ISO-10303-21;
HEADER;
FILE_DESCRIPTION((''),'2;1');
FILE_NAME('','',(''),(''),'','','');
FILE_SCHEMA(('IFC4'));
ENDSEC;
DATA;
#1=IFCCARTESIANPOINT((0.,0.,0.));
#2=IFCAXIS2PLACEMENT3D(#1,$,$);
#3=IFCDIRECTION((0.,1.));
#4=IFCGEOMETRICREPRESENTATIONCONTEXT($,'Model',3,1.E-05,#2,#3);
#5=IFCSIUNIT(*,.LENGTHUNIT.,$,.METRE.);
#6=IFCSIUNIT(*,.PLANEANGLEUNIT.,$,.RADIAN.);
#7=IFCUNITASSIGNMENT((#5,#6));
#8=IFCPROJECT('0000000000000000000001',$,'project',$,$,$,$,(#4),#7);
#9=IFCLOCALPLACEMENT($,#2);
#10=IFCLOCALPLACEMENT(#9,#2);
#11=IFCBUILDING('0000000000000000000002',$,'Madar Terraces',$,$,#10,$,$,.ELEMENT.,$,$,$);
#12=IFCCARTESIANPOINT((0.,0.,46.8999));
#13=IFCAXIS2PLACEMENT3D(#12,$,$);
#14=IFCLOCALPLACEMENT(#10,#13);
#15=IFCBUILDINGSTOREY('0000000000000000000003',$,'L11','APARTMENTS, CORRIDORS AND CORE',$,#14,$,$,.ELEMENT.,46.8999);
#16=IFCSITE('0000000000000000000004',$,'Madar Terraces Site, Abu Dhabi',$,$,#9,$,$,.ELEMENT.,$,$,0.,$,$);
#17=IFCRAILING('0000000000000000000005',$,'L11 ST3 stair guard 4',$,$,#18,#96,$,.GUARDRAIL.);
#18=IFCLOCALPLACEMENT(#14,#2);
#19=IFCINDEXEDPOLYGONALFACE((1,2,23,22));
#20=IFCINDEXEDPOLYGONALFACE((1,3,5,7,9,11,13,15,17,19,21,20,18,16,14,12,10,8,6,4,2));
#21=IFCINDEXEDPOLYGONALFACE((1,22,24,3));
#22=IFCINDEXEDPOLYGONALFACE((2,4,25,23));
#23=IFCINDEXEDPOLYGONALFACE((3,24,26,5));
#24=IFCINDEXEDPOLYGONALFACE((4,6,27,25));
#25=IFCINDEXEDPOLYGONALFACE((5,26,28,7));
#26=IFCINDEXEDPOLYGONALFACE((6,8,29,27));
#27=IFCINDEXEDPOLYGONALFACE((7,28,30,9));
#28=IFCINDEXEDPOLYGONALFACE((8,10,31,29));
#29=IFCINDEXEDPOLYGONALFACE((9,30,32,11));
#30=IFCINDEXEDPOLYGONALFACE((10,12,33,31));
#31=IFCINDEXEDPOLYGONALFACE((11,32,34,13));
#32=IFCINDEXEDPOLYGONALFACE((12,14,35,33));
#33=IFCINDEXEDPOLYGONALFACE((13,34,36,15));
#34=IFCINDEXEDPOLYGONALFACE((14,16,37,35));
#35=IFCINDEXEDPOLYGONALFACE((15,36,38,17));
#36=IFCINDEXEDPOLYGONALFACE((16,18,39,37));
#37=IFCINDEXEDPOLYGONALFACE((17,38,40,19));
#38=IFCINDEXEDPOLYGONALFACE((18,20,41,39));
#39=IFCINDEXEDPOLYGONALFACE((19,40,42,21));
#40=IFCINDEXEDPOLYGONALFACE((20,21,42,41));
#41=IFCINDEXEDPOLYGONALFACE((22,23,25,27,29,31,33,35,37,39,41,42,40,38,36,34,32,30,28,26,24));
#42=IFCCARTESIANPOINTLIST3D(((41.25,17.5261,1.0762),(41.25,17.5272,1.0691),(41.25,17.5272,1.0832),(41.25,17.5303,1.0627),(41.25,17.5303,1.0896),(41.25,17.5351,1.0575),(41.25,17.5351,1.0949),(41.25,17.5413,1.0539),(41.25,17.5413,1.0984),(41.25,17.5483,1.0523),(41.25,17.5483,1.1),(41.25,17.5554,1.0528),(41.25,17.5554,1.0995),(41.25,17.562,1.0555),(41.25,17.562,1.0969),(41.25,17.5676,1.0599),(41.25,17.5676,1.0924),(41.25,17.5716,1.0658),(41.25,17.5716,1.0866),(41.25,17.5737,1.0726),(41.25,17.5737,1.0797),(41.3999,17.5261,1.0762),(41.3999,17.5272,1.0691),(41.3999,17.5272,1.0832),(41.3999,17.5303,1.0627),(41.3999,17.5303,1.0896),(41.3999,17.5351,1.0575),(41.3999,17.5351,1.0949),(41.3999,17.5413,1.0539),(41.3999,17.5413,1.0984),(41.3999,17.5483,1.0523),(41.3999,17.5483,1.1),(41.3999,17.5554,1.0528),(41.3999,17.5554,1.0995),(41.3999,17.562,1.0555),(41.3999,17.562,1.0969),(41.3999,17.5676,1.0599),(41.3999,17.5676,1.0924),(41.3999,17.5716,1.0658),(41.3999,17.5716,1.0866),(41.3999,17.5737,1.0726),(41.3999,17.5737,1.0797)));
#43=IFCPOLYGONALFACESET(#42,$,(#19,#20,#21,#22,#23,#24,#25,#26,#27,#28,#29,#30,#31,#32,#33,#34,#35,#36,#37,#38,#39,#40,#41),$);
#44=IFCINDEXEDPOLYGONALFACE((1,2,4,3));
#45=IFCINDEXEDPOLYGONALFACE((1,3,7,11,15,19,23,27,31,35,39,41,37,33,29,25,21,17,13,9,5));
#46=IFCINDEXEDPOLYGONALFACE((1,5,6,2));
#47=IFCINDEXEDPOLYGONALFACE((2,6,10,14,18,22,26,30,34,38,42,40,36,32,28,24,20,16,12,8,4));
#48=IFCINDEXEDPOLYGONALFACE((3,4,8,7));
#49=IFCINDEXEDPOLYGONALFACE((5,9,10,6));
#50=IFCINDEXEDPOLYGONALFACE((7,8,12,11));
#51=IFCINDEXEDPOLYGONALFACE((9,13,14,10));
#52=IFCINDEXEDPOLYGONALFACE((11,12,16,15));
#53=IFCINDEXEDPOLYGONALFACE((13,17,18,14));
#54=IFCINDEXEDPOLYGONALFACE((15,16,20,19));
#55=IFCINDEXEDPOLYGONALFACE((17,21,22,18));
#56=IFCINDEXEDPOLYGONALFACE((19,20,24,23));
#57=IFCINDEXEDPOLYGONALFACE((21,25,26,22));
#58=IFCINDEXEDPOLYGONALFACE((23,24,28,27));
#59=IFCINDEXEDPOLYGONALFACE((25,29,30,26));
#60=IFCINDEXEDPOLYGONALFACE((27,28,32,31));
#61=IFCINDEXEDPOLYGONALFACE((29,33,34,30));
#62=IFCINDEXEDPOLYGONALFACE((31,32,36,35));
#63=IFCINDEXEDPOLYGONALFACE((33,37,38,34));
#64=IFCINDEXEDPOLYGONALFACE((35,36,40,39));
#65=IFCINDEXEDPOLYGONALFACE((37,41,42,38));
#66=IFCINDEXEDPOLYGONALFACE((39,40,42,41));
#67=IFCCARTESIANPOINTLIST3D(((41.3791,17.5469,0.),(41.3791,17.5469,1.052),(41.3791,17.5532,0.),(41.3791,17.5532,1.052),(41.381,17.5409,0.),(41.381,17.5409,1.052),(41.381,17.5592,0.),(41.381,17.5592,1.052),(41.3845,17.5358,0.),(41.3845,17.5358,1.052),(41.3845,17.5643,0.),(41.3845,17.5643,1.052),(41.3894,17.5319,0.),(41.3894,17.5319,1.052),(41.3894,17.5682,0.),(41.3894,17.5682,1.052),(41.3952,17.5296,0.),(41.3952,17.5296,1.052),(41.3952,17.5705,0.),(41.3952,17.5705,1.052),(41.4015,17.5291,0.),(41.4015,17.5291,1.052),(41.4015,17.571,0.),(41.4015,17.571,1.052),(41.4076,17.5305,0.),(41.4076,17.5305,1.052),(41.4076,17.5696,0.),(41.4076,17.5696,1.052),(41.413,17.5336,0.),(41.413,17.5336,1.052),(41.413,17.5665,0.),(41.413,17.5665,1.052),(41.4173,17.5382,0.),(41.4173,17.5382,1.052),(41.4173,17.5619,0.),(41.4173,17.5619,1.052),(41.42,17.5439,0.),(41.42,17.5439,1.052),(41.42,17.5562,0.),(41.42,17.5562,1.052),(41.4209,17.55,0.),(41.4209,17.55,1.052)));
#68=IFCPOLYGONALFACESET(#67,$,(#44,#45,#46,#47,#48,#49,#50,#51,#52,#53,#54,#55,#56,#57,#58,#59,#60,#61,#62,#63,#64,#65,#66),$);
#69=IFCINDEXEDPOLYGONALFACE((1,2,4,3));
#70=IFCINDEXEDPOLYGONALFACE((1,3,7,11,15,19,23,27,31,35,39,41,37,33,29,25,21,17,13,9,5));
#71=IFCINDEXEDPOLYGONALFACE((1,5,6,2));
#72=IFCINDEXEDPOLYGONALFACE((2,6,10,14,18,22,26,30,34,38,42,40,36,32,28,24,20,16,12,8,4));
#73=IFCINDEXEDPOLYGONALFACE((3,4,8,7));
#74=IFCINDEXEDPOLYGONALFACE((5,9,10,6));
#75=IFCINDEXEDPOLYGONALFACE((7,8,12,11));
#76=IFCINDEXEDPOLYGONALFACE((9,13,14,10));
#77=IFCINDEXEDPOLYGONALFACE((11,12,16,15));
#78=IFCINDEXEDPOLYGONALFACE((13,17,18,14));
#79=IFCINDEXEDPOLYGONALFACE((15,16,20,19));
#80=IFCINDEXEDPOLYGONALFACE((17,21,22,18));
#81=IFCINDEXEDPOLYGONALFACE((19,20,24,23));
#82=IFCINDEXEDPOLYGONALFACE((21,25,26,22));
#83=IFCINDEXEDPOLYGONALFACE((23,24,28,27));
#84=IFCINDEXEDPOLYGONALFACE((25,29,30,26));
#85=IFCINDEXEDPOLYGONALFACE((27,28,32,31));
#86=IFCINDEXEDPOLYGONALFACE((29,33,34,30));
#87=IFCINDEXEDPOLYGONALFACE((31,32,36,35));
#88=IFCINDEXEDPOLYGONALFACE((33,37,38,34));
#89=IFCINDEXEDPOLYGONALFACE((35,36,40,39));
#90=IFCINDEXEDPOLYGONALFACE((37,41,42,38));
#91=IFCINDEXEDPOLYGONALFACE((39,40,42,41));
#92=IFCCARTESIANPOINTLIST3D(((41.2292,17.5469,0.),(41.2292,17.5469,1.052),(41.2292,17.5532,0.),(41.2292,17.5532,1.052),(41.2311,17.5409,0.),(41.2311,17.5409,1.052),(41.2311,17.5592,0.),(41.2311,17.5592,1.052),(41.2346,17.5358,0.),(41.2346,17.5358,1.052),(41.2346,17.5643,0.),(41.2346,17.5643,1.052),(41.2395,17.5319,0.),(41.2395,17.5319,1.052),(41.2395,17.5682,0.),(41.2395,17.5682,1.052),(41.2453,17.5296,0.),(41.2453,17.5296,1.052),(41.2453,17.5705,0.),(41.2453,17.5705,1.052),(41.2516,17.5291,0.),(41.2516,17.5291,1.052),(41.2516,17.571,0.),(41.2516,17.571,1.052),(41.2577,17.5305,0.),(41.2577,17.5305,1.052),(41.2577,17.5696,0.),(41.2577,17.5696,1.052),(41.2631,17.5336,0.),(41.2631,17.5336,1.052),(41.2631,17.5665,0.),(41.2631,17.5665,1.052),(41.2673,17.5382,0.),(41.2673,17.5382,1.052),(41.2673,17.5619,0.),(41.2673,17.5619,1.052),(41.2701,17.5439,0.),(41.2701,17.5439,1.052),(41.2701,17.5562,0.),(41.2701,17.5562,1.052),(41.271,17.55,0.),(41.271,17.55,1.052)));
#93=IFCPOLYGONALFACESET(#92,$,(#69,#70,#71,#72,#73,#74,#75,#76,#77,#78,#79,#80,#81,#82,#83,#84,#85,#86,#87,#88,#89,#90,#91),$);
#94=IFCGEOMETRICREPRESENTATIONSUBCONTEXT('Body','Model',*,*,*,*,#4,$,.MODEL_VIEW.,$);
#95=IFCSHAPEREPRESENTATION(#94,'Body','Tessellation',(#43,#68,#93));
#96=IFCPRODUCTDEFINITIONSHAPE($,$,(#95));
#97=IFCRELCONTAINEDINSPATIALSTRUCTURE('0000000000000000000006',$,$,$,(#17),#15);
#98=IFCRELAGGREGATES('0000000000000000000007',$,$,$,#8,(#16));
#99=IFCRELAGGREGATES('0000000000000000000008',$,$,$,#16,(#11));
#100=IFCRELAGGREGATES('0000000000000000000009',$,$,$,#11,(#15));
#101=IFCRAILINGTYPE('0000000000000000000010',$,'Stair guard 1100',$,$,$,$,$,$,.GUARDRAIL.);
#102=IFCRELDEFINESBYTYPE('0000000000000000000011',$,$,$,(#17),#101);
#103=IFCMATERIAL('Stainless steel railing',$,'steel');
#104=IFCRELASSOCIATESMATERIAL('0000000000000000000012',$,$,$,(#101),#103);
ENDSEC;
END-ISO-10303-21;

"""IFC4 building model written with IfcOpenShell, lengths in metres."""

from ifc_helpers import new_model, si_unit, direction, frame, origin, origin_2d, place, context, subcontext, project, spatial, circle, extrude, material, type_object, element, save


model = new_model("IFC4")

# Units and contexts
model_context = context("Model", 3, precision=1e-05, world=origin(), true_north=direction((0.0, 1.0)))
body_context = subcontext(model_context, "Body", "Model", "MODEL_VIEW")
ifc_project = project(units=[si_unit("LENGTHUNIT", "METRE"), si_unit("PLANEANGLEUNIT", "RADIAN")], contexts=[model_context])

# Site, building, storey
site_placement = place(None, origin())
site = spatial("IfcSite", under=ifc_project, at=site_placement, Name="Madar Terraces Site, Abu Dhabi", CompositionType="ELEMENT", RefElevation=0.0)
building_placement = place(site_placement, origin())
building = spatial("IfcBuilding", under=site, at=building_placement, Name="Madar Terraces", CompositionType="ELEMENT")
storey_placement = place(building_placement, frame((0.0, 0.0, 46.8999)))
storey = spatial("IfcBuildingStorey", under=building, at=storey_placement, Name="L11", Description="APARTMENTS, CORRIDORS AND CORE", CompositionType="ELEMENT", Elevation=46.8999)

# Railing
ifc_material_1 = material(Name="Stainless steel railing", Category="steel")
railing_type_1 = type_object("IfcRailingType", Name="Stair guard 1100", PredefinedType="GUARDRAIL", material=ifc_material_1)
railing_1_placement = place(storey_placement, frame((41.3999, 17.55, 0.0)))
element("IfcRailing", 1, at=railing_1_placement, inside=storey, type_object=railing_type_1, Name="L11 ST3 stair guard 4", PredefinedType="GUARDRAIL", context=body_context, shape_type="SweptSolid", body=[
    extrude(circle(Radius=0.0239, at=origin_2d()), frame((0.0, 0.0, 1.0762), z_axis=(-1.0, 0.0, 0.0), x_axis=(0.0, -1.0, 0.0)), (0.0, 0.0, 1.0), 0.1499),
    extrude(circle(Radius=0.021, at=origin_2d()), origin(), (0.0, 0.0, 1.0), 1.052),
    extrude(circle(Radius=0.021, at=origin_2d()), frame((-0.1499, 0.0, 0.0)), (0.0, 0.0, 1.0), 1.052),
])

save(model, "model.ifc")
